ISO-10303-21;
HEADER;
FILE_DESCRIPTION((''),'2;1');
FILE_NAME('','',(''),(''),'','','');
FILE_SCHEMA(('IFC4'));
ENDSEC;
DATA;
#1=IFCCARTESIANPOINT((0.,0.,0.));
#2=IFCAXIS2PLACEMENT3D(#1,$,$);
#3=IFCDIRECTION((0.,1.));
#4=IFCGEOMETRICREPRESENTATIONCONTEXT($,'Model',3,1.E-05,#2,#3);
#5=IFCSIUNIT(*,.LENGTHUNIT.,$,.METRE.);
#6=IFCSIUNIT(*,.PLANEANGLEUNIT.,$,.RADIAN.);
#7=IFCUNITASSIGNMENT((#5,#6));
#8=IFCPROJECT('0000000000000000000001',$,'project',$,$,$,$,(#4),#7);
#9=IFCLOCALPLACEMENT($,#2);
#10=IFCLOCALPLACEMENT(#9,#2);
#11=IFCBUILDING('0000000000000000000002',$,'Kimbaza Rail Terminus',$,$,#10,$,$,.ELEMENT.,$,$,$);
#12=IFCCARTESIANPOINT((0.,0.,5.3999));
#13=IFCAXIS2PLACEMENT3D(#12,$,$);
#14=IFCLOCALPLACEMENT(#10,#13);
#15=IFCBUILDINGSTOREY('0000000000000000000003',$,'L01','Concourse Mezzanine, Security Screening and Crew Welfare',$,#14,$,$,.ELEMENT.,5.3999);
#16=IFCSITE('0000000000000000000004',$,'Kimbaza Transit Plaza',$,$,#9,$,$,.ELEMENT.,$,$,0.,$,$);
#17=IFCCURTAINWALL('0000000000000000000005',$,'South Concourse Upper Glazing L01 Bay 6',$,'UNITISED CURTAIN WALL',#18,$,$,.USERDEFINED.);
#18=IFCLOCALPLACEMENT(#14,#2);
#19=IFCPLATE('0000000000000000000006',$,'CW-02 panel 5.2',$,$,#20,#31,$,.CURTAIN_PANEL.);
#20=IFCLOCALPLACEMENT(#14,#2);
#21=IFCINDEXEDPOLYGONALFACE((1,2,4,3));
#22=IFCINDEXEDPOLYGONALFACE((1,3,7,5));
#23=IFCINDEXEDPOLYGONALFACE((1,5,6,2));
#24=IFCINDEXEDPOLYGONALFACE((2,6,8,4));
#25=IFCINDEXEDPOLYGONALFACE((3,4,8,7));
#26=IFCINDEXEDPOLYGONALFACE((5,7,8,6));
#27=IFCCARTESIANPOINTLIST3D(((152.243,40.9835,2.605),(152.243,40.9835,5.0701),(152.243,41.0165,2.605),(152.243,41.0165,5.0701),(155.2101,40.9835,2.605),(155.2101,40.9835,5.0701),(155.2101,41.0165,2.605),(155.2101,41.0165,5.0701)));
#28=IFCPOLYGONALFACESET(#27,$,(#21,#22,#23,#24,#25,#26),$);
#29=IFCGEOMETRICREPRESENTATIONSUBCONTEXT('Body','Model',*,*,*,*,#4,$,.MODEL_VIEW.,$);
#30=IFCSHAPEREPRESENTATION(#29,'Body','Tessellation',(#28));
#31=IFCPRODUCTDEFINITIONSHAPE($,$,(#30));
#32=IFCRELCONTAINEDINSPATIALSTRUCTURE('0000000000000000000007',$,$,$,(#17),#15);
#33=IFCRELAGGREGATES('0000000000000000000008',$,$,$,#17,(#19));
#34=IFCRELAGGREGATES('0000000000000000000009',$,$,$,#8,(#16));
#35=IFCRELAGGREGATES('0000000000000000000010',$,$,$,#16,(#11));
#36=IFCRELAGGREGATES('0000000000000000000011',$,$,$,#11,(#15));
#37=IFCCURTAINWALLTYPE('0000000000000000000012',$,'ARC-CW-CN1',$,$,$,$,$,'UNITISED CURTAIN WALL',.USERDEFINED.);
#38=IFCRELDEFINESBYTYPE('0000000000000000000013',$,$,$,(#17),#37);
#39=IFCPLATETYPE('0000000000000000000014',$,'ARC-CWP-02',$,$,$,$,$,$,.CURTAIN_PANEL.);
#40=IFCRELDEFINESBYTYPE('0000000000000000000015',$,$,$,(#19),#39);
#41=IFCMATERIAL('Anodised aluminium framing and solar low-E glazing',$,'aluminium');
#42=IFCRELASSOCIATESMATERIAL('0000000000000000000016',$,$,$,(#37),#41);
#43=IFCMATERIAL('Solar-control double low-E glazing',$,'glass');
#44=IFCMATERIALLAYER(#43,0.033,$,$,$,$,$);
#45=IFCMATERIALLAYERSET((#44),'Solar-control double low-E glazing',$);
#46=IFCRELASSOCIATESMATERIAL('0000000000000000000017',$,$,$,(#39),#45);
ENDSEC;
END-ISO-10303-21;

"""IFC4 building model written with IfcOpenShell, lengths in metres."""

from ifc_helpers import new_model, si_unit, direction, frame, origin, origin_2d, place, context, subcontext, project, spatial, rectangle, extrude, material, layer, layer_set, type_object, element, aggregate, save


model = new_model("IFC4")

# Units and contexts
model_context = context("Model", 3, precision=1e-05, world=origin(), true_north=direction((0.0, 1.0)))
body_context = subcontext(model_context, "Body", "Model", "MODEL_VIEW")
ifc_project = project(units=[si_unit("LENGTHUNIT", "METRE"), si_unit("PLANEANGLEUNIT", "RADIAN")], contexts=[model_context])

# Site, building, storey
site_placement = place(None, origin())
site = spatial("IfcSite", under=ifc_project, at=site_placement, Name="Kimbaza Transit Plaza", CompositionType="ELEMENT", RefElevation=0.0)
building_placement = place(site_placement, origin())
building = spatial("IfcBuilding", under=site, at=building_placement, Name="Kimbaza Rail Terminus", CompositionType="ELEMENT")
storey_placement = place(building_placement, frame((0.0, 0.0, 5.3999)))
storey = spatial("IfcBuildingStorey", under=building, at=storey_placement, Name="L01", Description="Concourse Mezzanine, Security Screening and Crew Welfare", CompositionType="ELEMENT", Elevation=5.3999)

# Curtain wall, plate
ifc_material_1 = material(Name="Anodised aluminium framing and solar low-E glazing", Category="aluminium")
curtain_wall_type = type_object("IfcCurtainWallType", Name="ARC-CW-CN1", ElementType="UNITISED CURTAIN WALL", PredefinedType="USERDEFINED", material=ifc_material_1)
curtain_wall_placement = place(storey_placement, origin())
curtain_wall = element("IfcCurtainWall", 1, at=curtain_wall_placement, inside=storey, type_object=curtain_wall_type, Name="South Concourse Upper Glazing L01 Bay 6", ObjectType="UNITISED CURTAIN WALL", PredefinedType="USERDEFINED")
ifc_material_2 = material(Name="Solar-control double low-E glazing", Category="glass")
ifc_layer = layer(ifc_material_2, 0.033)
ifc_layer_set = layer_set([ifc_layer], Name="Solar-control double low-E glazing")
plate_type = type_object("IfcPlateType", Name="ARC-CWP-02", PredefinedType="CURTAIN_PANEL", material=ifc_layer_set)
plate_1_placement = place(storey_placement, frame((153.7266, 41.0, 2.605), z_axis=(0.0, 0.0, 1.0), x_axis=(1.0, 0.0, 0.0)))
plate_1 = element("IfcPlate", 2, at=plate_1_placement, type_object=plate_type, Name="CW-02 panel 5.2", PredefinedType="CURTAIN_PANEL", context=body_context, shape_type="SweptSolid", body=[
    extrude(rectangle(XDim=2.967, YDim=0.033, at=origin_2d()), origin(), (0.0, 0.0, 1.0), 2.4651),
])
aggregate(curtain_wall, [plate_1])

save(model, "model.ifc")
